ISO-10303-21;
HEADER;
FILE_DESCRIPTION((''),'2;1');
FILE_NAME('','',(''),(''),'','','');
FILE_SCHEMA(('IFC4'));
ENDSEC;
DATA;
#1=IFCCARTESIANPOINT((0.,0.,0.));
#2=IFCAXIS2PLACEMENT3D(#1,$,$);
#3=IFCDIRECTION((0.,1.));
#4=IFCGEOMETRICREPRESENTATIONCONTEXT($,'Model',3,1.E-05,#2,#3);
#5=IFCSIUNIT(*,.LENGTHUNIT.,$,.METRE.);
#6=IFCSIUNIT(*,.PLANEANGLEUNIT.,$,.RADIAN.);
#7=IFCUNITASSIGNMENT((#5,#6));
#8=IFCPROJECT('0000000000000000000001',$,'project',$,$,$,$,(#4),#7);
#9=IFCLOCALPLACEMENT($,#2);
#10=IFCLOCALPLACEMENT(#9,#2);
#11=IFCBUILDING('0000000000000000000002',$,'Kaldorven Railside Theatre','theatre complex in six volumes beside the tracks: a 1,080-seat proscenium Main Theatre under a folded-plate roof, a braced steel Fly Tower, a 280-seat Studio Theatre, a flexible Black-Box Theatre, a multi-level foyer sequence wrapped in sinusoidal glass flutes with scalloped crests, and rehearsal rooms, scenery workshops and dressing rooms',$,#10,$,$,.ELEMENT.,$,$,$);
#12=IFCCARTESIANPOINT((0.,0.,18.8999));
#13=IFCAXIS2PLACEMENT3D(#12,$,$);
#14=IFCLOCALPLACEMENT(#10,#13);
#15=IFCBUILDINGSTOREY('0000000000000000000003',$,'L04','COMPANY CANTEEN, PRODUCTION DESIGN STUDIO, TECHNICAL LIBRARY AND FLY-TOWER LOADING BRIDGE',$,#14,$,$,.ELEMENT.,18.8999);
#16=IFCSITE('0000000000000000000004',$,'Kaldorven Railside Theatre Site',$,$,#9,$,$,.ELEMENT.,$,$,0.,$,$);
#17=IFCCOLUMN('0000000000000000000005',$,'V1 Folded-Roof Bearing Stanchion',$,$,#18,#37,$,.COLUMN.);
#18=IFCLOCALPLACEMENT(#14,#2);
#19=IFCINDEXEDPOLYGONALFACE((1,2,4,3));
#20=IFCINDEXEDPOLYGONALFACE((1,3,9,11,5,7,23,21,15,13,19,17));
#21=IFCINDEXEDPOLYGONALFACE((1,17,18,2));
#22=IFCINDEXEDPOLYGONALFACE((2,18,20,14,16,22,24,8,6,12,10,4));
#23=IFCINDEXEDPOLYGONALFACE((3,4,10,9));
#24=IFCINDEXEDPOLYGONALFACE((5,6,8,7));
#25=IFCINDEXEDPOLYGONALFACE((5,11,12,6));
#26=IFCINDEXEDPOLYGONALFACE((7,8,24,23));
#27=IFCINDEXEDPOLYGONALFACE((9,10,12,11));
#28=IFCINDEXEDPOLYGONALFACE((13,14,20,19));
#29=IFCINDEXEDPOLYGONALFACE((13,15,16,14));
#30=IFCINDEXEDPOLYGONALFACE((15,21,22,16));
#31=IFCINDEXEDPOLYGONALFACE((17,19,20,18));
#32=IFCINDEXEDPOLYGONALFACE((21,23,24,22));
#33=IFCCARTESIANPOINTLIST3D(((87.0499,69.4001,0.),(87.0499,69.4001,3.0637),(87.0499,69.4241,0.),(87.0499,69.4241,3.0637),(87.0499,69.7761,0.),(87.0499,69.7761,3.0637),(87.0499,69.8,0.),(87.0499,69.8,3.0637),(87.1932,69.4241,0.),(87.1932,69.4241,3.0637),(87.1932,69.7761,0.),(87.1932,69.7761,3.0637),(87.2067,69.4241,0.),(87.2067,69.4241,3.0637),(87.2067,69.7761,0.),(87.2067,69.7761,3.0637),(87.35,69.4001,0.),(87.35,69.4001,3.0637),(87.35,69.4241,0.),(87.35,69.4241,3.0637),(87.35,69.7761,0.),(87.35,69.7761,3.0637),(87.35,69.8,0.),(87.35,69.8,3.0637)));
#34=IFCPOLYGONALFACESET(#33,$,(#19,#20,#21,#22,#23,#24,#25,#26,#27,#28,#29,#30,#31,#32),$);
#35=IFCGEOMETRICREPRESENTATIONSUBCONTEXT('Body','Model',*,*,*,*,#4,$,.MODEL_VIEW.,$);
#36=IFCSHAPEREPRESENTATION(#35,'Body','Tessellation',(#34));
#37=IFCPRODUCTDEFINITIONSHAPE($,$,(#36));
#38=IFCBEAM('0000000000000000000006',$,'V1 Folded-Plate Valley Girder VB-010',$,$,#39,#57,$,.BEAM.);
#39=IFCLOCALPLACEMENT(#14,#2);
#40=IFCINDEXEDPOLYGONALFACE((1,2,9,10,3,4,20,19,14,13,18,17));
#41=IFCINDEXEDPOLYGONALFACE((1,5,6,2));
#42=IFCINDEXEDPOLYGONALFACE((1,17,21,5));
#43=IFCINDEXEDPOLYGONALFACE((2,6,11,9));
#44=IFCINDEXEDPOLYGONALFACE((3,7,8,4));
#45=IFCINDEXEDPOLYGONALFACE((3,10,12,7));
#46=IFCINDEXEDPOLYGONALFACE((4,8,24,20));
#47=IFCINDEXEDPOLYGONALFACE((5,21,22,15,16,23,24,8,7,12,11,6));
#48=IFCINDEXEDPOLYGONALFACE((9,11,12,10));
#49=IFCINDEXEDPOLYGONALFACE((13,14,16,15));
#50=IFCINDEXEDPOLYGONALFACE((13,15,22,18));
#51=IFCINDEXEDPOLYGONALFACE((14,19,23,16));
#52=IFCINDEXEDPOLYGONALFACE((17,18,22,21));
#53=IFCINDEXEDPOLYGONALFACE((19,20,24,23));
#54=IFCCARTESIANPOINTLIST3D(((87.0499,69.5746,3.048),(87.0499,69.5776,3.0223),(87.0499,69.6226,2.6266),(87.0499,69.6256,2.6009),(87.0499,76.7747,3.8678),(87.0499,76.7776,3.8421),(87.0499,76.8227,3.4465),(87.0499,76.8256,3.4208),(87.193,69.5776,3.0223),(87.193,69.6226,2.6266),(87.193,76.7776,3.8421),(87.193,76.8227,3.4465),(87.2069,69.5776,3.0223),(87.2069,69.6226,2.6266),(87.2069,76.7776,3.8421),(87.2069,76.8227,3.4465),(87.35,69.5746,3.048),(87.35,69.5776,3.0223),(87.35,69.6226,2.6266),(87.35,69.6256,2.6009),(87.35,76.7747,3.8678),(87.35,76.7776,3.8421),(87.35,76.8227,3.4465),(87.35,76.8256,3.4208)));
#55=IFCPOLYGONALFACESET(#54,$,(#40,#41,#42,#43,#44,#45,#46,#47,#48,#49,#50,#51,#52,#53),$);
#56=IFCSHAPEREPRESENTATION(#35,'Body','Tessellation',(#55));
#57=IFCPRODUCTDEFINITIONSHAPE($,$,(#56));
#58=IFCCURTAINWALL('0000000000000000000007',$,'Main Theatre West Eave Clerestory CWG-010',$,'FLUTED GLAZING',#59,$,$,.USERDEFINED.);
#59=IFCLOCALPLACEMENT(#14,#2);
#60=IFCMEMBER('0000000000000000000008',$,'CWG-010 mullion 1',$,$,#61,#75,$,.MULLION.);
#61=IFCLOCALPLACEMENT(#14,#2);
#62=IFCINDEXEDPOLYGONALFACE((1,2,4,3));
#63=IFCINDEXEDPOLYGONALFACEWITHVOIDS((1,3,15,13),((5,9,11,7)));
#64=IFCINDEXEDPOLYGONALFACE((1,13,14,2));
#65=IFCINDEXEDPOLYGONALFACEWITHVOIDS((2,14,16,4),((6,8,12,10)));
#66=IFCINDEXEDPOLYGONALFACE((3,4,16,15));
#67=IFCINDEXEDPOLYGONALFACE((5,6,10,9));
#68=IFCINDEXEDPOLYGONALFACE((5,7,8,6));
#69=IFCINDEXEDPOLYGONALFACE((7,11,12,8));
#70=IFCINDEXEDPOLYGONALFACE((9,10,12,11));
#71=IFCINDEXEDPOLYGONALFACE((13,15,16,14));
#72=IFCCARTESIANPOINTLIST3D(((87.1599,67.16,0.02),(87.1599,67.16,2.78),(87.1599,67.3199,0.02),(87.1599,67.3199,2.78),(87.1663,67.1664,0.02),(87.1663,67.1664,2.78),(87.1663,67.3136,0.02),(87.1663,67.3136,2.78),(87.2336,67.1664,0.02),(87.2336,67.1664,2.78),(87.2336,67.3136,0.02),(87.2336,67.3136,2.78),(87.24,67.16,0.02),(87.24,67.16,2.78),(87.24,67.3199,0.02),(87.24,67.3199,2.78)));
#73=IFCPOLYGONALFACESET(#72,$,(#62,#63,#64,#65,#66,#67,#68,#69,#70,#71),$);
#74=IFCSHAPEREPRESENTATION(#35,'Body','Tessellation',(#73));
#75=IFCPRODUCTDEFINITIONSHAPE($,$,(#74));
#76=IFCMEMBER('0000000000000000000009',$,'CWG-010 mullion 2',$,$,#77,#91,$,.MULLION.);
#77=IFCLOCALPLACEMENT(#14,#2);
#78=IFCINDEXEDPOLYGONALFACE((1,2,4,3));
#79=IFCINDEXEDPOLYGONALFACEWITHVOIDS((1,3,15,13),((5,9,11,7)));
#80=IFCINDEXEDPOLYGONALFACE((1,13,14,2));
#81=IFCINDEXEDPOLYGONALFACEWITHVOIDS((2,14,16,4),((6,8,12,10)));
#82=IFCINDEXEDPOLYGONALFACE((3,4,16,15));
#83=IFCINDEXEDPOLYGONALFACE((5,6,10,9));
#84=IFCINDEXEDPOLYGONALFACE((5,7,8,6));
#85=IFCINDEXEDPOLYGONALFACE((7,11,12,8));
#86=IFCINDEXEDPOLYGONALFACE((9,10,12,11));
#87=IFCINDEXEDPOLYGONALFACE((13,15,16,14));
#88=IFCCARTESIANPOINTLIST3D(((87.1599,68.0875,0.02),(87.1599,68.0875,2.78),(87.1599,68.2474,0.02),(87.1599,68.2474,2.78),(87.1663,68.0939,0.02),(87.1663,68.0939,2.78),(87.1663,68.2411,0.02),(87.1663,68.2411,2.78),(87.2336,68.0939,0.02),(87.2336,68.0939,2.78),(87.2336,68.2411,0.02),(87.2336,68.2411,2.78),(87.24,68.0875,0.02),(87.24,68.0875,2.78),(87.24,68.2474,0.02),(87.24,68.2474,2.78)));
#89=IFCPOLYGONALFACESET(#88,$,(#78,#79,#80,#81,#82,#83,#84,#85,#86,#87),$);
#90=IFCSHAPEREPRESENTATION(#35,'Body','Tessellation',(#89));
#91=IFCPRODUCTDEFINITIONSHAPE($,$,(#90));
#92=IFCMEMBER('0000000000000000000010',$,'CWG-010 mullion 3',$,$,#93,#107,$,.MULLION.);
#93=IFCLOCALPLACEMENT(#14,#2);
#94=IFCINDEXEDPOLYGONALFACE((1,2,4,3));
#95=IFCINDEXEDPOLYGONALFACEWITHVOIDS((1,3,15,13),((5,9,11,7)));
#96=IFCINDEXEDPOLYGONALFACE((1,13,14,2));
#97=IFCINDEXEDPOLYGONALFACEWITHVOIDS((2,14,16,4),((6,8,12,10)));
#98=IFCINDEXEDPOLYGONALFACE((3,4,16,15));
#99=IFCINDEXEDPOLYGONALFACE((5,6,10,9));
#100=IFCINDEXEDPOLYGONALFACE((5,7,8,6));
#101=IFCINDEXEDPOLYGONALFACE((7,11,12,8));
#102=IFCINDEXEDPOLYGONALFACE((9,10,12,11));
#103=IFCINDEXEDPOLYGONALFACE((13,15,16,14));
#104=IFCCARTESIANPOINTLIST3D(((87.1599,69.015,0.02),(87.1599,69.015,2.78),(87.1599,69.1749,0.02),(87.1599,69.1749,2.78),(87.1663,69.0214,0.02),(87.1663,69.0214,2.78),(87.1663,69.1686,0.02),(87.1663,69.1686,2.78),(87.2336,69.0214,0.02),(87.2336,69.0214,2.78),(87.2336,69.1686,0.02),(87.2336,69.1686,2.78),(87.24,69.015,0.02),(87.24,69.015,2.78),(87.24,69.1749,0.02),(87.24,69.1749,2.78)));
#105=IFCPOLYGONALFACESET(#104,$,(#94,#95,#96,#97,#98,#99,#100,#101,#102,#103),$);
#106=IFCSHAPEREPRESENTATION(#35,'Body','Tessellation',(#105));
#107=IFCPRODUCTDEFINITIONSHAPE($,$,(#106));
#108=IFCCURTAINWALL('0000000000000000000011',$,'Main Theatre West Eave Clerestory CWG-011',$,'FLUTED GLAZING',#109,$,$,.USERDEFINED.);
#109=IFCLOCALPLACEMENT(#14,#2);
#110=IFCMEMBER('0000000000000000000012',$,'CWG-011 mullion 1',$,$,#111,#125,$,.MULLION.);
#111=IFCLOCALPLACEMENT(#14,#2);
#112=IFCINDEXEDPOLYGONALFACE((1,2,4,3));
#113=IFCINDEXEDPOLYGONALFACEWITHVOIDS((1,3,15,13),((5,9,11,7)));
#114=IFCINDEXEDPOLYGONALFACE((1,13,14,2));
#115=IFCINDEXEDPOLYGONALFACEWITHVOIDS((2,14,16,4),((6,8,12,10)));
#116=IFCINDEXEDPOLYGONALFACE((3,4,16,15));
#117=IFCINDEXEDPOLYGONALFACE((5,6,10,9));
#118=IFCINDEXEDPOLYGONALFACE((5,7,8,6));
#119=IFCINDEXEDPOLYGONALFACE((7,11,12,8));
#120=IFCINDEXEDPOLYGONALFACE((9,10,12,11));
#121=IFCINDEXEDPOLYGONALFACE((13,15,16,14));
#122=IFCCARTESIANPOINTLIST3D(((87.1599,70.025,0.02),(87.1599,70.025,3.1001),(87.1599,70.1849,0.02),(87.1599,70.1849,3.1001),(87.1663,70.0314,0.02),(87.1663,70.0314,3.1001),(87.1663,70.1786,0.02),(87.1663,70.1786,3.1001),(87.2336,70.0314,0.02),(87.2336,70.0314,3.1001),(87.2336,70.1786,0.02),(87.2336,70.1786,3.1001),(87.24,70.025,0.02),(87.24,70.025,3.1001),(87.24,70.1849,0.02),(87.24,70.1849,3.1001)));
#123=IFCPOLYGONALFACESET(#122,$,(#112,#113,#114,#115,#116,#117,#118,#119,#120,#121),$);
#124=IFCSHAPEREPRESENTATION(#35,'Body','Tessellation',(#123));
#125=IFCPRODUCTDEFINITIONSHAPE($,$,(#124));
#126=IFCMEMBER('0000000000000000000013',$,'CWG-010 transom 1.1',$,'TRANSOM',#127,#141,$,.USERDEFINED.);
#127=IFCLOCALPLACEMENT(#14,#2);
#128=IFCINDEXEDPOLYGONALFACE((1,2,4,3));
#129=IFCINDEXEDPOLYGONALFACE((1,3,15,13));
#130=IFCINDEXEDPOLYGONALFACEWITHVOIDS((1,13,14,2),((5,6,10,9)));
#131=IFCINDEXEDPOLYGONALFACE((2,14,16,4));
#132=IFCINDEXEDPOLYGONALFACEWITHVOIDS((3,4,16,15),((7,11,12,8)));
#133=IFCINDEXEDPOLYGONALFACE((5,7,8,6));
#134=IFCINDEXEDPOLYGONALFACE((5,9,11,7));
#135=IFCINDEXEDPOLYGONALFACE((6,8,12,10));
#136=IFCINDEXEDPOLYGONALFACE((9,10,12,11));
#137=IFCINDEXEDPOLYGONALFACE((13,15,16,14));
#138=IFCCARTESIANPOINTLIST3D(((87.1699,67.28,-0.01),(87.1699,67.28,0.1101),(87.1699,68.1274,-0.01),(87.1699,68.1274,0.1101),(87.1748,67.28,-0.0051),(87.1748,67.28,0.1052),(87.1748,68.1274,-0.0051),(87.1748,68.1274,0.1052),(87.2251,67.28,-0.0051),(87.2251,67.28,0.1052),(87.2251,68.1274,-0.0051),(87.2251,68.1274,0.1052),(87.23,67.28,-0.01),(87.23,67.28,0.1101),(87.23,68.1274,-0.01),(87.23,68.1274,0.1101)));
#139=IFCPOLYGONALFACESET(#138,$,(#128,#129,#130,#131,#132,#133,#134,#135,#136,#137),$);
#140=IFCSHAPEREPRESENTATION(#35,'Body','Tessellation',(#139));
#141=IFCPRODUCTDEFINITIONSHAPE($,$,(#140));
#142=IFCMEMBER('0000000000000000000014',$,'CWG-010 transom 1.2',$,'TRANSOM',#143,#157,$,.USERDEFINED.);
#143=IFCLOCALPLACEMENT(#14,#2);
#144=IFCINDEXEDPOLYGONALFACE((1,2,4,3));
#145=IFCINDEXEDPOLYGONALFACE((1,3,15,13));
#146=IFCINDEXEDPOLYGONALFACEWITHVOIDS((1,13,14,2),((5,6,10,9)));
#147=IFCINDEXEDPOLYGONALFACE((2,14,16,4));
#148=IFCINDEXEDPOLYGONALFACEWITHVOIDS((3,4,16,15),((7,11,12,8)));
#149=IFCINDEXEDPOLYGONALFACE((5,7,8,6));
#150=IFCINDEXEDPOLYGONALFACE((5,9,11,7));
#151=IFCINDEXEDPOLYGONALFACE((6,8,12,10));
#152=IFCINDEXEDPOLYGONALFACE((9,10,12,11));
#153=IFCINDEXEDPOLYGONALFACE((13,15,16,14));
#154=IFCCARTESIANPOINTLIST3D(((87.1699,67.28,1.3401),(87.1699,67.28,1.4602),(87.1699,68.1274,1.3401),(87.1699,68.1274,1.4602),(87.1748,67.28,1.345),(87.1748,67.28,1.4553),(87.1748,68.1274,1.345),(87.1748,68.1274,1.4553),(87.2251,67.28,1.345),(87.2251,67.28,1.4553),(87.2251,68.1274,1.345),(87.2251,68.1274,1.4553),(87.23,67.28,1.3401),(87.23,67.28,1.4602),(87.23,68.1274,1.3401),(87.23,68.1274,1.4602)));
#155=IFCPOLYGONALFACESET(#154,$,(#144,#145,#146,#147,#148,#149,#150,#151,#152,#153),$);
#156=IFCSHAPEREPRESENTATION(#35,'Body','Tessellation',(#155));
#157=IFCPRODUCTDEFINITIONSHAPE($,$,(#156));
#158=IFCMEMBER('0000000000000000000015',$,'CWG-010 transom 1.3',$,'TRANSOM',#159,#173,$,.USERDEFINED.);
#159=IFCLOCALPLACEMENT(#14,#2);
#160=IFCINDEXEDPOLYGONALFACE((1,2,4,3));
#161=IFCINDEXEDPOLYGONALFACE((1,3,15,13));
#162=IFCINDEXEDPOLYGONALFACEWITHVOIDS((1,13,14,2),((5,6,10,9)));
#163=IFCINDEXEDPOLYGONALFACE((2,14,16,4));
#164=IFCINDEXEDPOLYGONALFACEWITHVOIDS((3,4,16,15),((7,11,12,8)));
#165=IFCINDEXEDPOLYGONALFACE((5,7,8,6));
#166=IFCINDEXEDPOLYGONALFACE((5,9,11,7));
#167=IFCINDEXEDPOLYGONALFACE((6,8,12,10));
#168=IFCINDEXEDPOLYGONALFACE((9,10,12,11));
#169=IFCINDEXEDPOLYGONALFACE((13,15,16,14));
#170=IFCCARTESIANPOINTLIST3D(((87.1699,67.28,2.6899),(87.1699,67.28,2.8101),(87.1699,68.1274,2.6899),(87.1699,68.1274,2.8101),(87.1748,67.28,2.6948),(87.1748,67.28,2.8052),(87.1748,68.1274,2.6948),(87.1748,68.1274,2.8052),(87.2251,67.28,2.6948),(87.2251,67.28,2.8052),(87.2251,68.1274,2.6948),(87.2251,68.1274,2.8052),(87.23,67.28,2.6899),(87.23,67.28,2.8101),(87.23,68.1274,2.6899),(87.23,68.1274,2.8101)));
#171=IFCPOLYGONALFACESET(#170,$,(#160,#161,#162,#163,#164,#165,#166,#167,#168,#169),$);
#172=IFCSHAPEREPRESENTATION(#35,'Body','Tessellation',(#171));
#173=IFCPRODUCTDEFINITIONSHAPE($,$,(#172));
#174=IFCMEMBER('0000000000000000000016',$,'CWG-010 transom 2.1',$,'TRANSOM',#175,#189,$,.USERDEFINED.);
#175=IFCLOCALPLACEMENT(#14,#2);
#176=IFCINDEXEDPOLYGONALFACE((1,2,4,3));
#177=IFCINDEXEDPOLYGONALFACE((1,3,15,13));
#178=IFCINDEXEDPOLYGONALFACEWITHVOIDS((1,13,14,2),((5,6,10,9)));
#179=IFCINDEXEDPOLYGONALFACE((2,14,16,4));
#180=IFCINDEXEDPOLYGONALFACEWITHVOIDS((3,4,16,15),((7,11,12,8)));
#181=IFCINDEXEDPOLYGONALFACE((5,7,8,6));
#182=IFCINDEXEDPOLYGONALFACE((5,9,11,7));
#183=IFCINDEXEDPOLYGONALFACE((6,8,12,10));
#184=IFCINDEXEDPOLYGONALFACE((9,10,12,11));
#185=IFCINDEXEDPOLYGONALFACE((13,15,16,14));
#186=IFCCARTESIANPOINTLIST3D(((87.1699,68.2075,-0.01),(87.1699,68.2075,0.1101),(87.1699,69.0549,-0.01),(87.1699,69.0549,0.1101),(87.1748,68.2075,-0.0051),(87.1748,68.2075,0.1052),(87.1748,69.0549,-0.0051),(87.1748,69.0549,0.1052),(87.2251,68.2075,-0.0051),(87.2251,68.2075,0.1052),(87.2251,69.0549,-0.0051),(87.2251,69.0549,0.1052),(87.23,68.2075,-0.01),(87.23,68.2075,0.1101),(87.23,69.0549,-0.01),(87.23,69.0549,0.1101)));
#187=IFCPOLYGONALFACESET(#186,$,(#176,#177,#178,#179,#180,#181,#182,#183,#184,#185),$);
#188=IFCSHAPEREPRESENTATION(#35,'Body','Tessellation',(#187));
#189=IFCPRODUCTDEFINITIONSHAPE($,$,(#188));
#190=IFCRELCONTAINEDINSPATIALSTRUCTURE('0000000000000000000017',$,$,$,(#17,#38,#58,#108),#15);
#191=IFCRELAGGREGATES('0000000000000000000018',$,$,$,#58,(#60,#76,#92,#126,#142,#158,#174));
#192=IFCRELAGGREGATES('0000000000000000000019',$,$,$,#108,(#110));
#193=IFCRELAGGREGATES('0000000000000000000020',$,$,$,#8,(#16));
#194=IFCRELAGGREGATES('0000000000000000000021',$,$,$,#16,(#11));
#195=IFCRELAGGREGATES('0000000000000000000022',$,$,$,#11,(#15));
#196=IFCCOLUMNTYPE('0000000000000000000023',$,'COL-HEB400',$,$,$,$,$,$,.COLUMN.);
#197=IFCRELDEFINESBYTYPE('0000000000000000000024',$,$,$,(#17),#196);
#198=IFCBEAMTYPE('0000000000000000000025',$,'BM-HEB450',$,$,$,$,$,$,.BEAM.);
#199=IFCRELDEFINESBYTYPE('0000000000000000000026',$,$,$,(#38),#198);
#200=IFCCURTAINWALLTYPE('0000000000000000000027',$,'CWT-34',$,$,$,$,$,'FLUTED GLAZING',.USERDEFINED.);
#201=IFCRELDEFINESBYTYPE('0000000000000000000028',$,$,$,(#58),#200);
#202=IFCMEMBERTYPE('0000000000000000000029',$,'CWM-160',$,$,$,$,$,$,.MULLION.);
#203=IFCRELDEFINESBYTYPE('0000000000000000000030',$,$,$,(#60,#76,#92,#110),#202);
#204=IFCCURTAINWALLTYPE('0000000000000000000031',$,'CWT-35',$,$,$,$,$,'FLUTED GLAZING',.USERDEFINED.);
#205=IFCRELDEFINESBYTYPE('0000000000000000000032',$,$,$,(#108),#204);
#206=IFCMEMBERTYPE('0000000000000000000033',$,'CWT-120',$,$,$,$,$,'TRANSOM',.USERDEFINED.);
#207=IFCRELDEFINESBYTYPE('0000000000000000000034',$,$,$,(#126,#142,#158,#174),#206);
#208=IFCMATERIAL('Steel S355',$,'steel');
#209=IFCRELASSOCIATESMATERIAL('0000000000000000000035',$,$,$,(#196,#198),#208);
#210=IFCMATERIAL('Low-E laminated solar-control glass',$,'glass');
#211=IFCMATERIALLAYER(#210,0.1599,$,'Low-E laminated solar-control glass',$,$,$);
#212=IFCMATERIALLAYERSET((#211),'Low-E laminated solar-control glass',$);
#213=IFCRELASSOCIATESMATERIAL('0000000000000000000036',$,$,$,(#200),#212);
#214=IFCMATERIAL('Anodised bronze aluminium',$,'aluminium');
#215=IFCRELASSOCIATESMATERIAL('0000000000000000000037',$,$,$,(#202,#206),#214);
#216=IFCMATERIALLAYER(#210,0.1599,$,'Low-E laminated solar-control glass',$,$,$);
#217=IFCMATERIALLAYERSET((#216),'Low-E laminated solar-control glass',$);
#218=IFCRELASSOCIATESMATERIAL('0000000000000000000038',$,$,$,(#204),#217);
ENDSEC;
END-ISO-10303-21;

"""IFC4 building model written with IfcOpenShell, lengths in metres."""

from ifc_helpers import new_model, si_unit, direction, frame, origin, origin_2d, place, context, subcontext, project, spatial, hollow_rectangle, i_section, extrude, material, layer, layer_set, material_profile, profile_set, type_object, element, aggregate, save


model = new_model("IFC4")

# Units and contexts
model_context = context("Model", 3, precision=1e-05, world=origin(), true_north=direction((0.0, 1.0)))
body_context = subcontext(model_context, "Body", "Model", "MODEL_VIEW")
ifc_project = project(units=[si_unit("LENGTHUNIT", "METRE"), si_unit("PLANEANGLEUNIT", "RADIAN")], contexts=[model_context])

# Site, building, storey
site_placement = place(None, origin())
site = spatial("IfcSite", under=ifc_project, at=site_placement, Name="Kaldorven Railside Theatre Site", CompositionType="ELEMENT", RefElevation=0.0)
building_placement = place(site_placement, origin())
building = spatial("IfcBuilding", under=site, at=building_placement, Name="Kaldorven Railside Theatre", Description="theatre complex in six volumes beside the tracks: a 1,080-seat proscenium Main Theatre under a folded-plate roof, a braced steel Fly Tower, a 280-seat Studio Theatre, a flexible Black-Box Theatre, a multi-level foyer sequence wrapped in sinusoidal glass flutes with scalloped crests, and rehearsal rooms, scenery workshops and dressing rooms", CompositionType="ELEMENT")
storey_placement = place(building_placement, frame((0.0, 0.0, 18.8999)))
storey = spatial("IfcBuildingStorey", under=building, at=storey_placement, Name="L04", Description="COMPANY CANTEEN, PRODUCTION DESIGN STUDIO, TECHNICAL LIBRARY AND FLY-TOWER LOADING BRIDGE", CompositionType="ELEMENT", Elevation=18.8999)

# Column
ifc_material_1 = material(Name="Steel S355", Category="steel")
ifc_material_profile_1 = material_profile(ifc_material_1, i_section(OverallWidth=0.3, OverallDepth=0.3999, WebThickness=0.0134, FlangeThickness=0.0239, at=origin_2d()), Name="HEB 400")
ifc_profile_set_1 = profile_set([ifc_material_profile_1], Name="Steel S355")
column_type = type_object("IfcColumnType", Name="COL-HEB400", PredefinedType="COLUMN", material=ifc_profile_set_1)
column_placement = place(storey_placement, frame((87.2, 69.6001, 0.0), z_axis=(0.0, 0.0, 1.0), x_axis=(1.0, 0.0, 0.0)))
element("IfcColumn", 1, at=column_placement, inside=storey, type_object=column_type, Name="V1 Folded-Roof Bearing Stanchion", PredefinedType="COLUMN", context=body_context, shape_type="SweptSolid", body=[
    extrude(i_section(OverallWidth=0.3, OverallDepth=0.3999, WebThickness=0.0134, FlangeThickness=0.0239, at=origin_2d()), origin(), (0.0, 0.0, 1.0), 3.0637),
])

# Beam
ifc_material_profile_2 = material_profile(ifc_material_1, i_section(OverallWidth=0.3, OverallDepth=0.45, WebThickness=0.0139, FlangeThickness=0.0259, at=origin_2d()), Name="HEB 450")
ifc_profile_set_2 = profile_set([ifc_material_profile_2], Name="Steel S355")
beam_type = type_object("IfcBeamType", Name="BM-HEB450", PredefinedType="BEAM", material=ifc_profile_set_2)
beam_placement = place(storey_placement, frame((87.2, 69.6001, 2.8245), z_axis=(0.0, 0.99358, 0.113134), x_axis=(-1.0, 0.0, 0.0)))
element("IfcBeam", 2, at=beam_placement, inside=storey, type_object=beam_type, Name="V1 Folded-Plate Valley Girder VB-010", PredefinedType="BEAM", context=body_context, shape_type="SweptSolid", body=[
    extrude(i_section(OverallWidth=0.3, OverallDepth=0.45, WebThickness=0.0139, FlangeThickness=0.0259, at=origin_2d()), origin(), (0.0, 0.0, 1.0), 7.2466),
])

# Curtain wall, members
ifc_material_2 = material(Name="Low-E laminated solar-control glass", Category="glass")
ifc_layer_1 = layer(ifc_material_2, 0.1599, Name="Low-E laminated solar-control glass")
ifc_layer_set_1 = layer_set([ifc_layer_1], Name="Low-E laminated solar-control glass")
curtain_wall_type_1 = type_object("IfcCurtainWallType", Name="CWT-34", ElementType="FLUTED GLAZING", PredefinedType="USERDEFINED", material=ifc_layer_set_1)
curtain_wall_1_placement = place(storey_placement, origin())
curtain_wall_1 = element("IfcCurtainWall", 3, at=curtain_wall_1_placement, inside=storey, type_object=curtain_wall_type_1, Name="Main Theatre West Eave Clerestory CWG-010", ObjectType="FLUTED GLAZING", PredefinedType="USERDEFINED")
ifc_material_3 = material(Name="Anodised bronze aluminium", Category="aluminium")
ifc_material_profile_3 = material_profile(ifc_material_3, hollow_rectangle(XDim=0.0801, YDim=0.1599, WallThickness=0.0063, at=origin_2d()), Name="RHS 160x80x6.3")
ifc_profile_set_3 = profile_set([ifc_material_profile_3], Name="Anodised bronze aluminium")
member_type_1 = type_object("IfcMemberType", Name="CWM-160", PredefinedType="MULLION", material=ifc_profile_set_3)
member_1_placement = place(storey_placement, frame((87.2, 67.24, 0.02), z_axis=(0.0, 0.0, 1.0), x_axis=(-1.0, 0.0, 0.0)))
member_1 = element("IfcMember", 4, at=member_1_placement, type_object=member_type_1, Name="CWG-010 mullion 1", PredefinedType="MULLION", context=body_context, shape_type="SweptSolid", body=[
    extrude(hollow_rectangle(XDim=0.0801, YDim=0.1599, WallThickness=0.0063, at=origin_2d()), origin(), (0.0, 0.0, 1.0), 2.76),
])
member_2_placement = place(storey_placement, frame((87.2, 68.1675, 0.02), z_axis=(0.0, 0.0, 1.0), x_axis=(-1.0, 0.0, 0.0)))
member_2 = element("IfcMember", 5, at=member_2_placement, type_object=member_type_1, Name="CWG-010 mullion 2", PredefinedType="MULLION", context=body_context, shape_type="SweptSolid", body=[
    extrude(hollow_rectangle(XDim=0.0801, YDim=0.1599, WallThickness=0.0063, at=origin_2d()), origin(), (0.0, 0.0, 1.0), 2.76),
])
member_3_placement = place(storey_placement, frame((87.2, 69.095, 0.02), z_axis=(0.0, 0.0, 1.0), x_axis=(-1.0, 0.0, 0.0)))
member_3 = element("IfcMember", 6, at=member_3_placement, type_object=member_type_1, Name="CWG-010 mullion 3", PredefinedType="MULLION", context=body_context, shape_type="SweptSolid", body=[
    extrude(hollow_rectangle(XDim=0.0801, YDim=0.1599, WallThickness=0.0063, at=origin_2d()), origin(), (0.0, 0.0, 1.0), 2.76),
])

# Curtain wall, member
ifc_layer_2 = layer(ifc_material_2, 0.1599, Name="Low-E laminated solar-control glass")
ifc_layer_set_2 = layer_set([ifc_layer_2], Name="Low-E laminated solar-control glass")
curtain_wall_type_2 = type_object("IfcCurtainWallType", Name="CWT-35", ElementType="FLUTED GLAZING", PredefinedType="USERDEFINED", material=ifc_layer_set_2)
curtain_wall_2_placement = place(storey_placement, origin())
curtain_wall_2 = element("IfcCurtainWall", 7, at=curtain_wall_2_placement, inside=storey, type_object=curtain_wall_type_2, Name="Main Theatre West Eave Clerestory CWG-011", ObjectType="FLUTED GLAZING", PredefinedType="USERDEFINED")
member_4_placement = place(storey_placement, frame((87.2, 70.105, 0.02), z_axis=(0.0, 0.0, 1.0), x_axis=(-1.0, 0.0, 0.0)))
member_4 = element("IfcMember", 8, at=member_4_placement, type_object=member_type_1, Name="CWG-011 mullion 1", PredefinedType="MULLION", context=body_context, shape_type="SweptSolid", body=[
    extrude(hollow_rectangle(XDim=0.0801, YDim=0.1599, WallThickness=0.0063, at=origin_2d()), origin(), (0.0, 0.0, 1.0), 3.0801),
])

# Members
ifc_material_profile_4 = material_profile(ifc_material_3, hollow_rectangle(XDim=0.0601, YDim=0.1201, WallThickness=0.0049, at=origin_2d()), Name="RHS 120x60x5")
ifc_profile_set_4 = profile_set([ifc_material_profile_4], Name="Anodised bronze aluminium")
member_type_2 = type_object("IfcMemberType", Name="CWT-120", ElementType="TRANSOM", PredefinedType="USERDEFINED", material=ifc_profile_set_4)
member_5_placement = place(storey_placement, frame((87.2, 67.28, 0.05), z_axis=(0.0, 1.0, 0.0), x_axis=(-1.0, 0.0, 0.0)))
member_5 = element("IfcMember", 9, at=member_5_placement, type_object=member_type_2, Name="CWG-010 transom 1.1", ObjectType="TRANSOM", PredefinedType="USERDEFINED", context=body_context, shape_type="SweptSolid", body=[
    extrude(hollow_rectangle(XDim=0.0601, YDim=0.1201, WallThickness=0.0049, at=origin_2d()), origin(), (0.0, 0.0, 1.0), 0.8474),
])
member_6_placement = place(storey_placement, frame((87.2, 67.28, 1.4001), z_axis=(0.0, 1.0, 0.0), x_axis=(-1.0, 0.0, 0.0)))
member_6 = element("IfcMember", 10, at=member_6_placement, type_object=member_type_2, Name="CWG-010 transom 1.2", ObjectType="TRANSOM", PredefinedType="USERDEFINED", context=body_context, shape_type="SweptSolid", body=[
    extrude(hollow_rectangle(XDim=0.0601, YDim=0.1201, WallThickness=0.0049, at=origin_2d()), origin(), (0.0, 0.0, 1.0), 0.8474),
])
member_7_placement = place(storey_placement, frame((87.2, 67.28, 2.75), z_axis=(0.0, 1.0, 0.0), x_axis=(-1.0, 0.0, 0.0)))
member_7 = element("IfcMember", 11, at=member_7_placement, type_object=member_type_2, Name="CWG-010 transom 1.3", ObjectType="TRANSOM", PredefinedType="USERDEFINED", context=body_context, shape_type="SweptSolid", body=[
    extrude(hollow_rectangle(XDim=0.0601, YDim=0.1201, WallThickness=0.0049, at=origin_2d()), origin(), (0.0, 0.0, 1.0), 0.8474),
])
member_8_placement = place(storey_placement, frame((87.2, 68.2075, 0.05), z_axis=(0.0, 1.0, 0.0), x_axis=(-1.0, 0.0, 0.0)))
member_8 = element("IfcMember", 12, at=member_8_placement, type_object=member_type_2, Name="CWG-010 transom 2.1", ObjectType="TRANSOM", PredefinedType="USERDEFINED", context=body_context, shape_type="SweptSolid", body=[
    extrude(hollow_rectangle(XDim=0.0601, YDim=0.1201, WallThickness=0.0049, at=origin_2d()), origin(), (0.0, 0.0, 1.0), 0.8474),
])

aggregate(curtain_wall_1, [member_1, member_2, member_3, member_5, member_6, member_7, member_8])
aggregate(curtain_wall_2, [member_4])

save(model, "model.ifc")
